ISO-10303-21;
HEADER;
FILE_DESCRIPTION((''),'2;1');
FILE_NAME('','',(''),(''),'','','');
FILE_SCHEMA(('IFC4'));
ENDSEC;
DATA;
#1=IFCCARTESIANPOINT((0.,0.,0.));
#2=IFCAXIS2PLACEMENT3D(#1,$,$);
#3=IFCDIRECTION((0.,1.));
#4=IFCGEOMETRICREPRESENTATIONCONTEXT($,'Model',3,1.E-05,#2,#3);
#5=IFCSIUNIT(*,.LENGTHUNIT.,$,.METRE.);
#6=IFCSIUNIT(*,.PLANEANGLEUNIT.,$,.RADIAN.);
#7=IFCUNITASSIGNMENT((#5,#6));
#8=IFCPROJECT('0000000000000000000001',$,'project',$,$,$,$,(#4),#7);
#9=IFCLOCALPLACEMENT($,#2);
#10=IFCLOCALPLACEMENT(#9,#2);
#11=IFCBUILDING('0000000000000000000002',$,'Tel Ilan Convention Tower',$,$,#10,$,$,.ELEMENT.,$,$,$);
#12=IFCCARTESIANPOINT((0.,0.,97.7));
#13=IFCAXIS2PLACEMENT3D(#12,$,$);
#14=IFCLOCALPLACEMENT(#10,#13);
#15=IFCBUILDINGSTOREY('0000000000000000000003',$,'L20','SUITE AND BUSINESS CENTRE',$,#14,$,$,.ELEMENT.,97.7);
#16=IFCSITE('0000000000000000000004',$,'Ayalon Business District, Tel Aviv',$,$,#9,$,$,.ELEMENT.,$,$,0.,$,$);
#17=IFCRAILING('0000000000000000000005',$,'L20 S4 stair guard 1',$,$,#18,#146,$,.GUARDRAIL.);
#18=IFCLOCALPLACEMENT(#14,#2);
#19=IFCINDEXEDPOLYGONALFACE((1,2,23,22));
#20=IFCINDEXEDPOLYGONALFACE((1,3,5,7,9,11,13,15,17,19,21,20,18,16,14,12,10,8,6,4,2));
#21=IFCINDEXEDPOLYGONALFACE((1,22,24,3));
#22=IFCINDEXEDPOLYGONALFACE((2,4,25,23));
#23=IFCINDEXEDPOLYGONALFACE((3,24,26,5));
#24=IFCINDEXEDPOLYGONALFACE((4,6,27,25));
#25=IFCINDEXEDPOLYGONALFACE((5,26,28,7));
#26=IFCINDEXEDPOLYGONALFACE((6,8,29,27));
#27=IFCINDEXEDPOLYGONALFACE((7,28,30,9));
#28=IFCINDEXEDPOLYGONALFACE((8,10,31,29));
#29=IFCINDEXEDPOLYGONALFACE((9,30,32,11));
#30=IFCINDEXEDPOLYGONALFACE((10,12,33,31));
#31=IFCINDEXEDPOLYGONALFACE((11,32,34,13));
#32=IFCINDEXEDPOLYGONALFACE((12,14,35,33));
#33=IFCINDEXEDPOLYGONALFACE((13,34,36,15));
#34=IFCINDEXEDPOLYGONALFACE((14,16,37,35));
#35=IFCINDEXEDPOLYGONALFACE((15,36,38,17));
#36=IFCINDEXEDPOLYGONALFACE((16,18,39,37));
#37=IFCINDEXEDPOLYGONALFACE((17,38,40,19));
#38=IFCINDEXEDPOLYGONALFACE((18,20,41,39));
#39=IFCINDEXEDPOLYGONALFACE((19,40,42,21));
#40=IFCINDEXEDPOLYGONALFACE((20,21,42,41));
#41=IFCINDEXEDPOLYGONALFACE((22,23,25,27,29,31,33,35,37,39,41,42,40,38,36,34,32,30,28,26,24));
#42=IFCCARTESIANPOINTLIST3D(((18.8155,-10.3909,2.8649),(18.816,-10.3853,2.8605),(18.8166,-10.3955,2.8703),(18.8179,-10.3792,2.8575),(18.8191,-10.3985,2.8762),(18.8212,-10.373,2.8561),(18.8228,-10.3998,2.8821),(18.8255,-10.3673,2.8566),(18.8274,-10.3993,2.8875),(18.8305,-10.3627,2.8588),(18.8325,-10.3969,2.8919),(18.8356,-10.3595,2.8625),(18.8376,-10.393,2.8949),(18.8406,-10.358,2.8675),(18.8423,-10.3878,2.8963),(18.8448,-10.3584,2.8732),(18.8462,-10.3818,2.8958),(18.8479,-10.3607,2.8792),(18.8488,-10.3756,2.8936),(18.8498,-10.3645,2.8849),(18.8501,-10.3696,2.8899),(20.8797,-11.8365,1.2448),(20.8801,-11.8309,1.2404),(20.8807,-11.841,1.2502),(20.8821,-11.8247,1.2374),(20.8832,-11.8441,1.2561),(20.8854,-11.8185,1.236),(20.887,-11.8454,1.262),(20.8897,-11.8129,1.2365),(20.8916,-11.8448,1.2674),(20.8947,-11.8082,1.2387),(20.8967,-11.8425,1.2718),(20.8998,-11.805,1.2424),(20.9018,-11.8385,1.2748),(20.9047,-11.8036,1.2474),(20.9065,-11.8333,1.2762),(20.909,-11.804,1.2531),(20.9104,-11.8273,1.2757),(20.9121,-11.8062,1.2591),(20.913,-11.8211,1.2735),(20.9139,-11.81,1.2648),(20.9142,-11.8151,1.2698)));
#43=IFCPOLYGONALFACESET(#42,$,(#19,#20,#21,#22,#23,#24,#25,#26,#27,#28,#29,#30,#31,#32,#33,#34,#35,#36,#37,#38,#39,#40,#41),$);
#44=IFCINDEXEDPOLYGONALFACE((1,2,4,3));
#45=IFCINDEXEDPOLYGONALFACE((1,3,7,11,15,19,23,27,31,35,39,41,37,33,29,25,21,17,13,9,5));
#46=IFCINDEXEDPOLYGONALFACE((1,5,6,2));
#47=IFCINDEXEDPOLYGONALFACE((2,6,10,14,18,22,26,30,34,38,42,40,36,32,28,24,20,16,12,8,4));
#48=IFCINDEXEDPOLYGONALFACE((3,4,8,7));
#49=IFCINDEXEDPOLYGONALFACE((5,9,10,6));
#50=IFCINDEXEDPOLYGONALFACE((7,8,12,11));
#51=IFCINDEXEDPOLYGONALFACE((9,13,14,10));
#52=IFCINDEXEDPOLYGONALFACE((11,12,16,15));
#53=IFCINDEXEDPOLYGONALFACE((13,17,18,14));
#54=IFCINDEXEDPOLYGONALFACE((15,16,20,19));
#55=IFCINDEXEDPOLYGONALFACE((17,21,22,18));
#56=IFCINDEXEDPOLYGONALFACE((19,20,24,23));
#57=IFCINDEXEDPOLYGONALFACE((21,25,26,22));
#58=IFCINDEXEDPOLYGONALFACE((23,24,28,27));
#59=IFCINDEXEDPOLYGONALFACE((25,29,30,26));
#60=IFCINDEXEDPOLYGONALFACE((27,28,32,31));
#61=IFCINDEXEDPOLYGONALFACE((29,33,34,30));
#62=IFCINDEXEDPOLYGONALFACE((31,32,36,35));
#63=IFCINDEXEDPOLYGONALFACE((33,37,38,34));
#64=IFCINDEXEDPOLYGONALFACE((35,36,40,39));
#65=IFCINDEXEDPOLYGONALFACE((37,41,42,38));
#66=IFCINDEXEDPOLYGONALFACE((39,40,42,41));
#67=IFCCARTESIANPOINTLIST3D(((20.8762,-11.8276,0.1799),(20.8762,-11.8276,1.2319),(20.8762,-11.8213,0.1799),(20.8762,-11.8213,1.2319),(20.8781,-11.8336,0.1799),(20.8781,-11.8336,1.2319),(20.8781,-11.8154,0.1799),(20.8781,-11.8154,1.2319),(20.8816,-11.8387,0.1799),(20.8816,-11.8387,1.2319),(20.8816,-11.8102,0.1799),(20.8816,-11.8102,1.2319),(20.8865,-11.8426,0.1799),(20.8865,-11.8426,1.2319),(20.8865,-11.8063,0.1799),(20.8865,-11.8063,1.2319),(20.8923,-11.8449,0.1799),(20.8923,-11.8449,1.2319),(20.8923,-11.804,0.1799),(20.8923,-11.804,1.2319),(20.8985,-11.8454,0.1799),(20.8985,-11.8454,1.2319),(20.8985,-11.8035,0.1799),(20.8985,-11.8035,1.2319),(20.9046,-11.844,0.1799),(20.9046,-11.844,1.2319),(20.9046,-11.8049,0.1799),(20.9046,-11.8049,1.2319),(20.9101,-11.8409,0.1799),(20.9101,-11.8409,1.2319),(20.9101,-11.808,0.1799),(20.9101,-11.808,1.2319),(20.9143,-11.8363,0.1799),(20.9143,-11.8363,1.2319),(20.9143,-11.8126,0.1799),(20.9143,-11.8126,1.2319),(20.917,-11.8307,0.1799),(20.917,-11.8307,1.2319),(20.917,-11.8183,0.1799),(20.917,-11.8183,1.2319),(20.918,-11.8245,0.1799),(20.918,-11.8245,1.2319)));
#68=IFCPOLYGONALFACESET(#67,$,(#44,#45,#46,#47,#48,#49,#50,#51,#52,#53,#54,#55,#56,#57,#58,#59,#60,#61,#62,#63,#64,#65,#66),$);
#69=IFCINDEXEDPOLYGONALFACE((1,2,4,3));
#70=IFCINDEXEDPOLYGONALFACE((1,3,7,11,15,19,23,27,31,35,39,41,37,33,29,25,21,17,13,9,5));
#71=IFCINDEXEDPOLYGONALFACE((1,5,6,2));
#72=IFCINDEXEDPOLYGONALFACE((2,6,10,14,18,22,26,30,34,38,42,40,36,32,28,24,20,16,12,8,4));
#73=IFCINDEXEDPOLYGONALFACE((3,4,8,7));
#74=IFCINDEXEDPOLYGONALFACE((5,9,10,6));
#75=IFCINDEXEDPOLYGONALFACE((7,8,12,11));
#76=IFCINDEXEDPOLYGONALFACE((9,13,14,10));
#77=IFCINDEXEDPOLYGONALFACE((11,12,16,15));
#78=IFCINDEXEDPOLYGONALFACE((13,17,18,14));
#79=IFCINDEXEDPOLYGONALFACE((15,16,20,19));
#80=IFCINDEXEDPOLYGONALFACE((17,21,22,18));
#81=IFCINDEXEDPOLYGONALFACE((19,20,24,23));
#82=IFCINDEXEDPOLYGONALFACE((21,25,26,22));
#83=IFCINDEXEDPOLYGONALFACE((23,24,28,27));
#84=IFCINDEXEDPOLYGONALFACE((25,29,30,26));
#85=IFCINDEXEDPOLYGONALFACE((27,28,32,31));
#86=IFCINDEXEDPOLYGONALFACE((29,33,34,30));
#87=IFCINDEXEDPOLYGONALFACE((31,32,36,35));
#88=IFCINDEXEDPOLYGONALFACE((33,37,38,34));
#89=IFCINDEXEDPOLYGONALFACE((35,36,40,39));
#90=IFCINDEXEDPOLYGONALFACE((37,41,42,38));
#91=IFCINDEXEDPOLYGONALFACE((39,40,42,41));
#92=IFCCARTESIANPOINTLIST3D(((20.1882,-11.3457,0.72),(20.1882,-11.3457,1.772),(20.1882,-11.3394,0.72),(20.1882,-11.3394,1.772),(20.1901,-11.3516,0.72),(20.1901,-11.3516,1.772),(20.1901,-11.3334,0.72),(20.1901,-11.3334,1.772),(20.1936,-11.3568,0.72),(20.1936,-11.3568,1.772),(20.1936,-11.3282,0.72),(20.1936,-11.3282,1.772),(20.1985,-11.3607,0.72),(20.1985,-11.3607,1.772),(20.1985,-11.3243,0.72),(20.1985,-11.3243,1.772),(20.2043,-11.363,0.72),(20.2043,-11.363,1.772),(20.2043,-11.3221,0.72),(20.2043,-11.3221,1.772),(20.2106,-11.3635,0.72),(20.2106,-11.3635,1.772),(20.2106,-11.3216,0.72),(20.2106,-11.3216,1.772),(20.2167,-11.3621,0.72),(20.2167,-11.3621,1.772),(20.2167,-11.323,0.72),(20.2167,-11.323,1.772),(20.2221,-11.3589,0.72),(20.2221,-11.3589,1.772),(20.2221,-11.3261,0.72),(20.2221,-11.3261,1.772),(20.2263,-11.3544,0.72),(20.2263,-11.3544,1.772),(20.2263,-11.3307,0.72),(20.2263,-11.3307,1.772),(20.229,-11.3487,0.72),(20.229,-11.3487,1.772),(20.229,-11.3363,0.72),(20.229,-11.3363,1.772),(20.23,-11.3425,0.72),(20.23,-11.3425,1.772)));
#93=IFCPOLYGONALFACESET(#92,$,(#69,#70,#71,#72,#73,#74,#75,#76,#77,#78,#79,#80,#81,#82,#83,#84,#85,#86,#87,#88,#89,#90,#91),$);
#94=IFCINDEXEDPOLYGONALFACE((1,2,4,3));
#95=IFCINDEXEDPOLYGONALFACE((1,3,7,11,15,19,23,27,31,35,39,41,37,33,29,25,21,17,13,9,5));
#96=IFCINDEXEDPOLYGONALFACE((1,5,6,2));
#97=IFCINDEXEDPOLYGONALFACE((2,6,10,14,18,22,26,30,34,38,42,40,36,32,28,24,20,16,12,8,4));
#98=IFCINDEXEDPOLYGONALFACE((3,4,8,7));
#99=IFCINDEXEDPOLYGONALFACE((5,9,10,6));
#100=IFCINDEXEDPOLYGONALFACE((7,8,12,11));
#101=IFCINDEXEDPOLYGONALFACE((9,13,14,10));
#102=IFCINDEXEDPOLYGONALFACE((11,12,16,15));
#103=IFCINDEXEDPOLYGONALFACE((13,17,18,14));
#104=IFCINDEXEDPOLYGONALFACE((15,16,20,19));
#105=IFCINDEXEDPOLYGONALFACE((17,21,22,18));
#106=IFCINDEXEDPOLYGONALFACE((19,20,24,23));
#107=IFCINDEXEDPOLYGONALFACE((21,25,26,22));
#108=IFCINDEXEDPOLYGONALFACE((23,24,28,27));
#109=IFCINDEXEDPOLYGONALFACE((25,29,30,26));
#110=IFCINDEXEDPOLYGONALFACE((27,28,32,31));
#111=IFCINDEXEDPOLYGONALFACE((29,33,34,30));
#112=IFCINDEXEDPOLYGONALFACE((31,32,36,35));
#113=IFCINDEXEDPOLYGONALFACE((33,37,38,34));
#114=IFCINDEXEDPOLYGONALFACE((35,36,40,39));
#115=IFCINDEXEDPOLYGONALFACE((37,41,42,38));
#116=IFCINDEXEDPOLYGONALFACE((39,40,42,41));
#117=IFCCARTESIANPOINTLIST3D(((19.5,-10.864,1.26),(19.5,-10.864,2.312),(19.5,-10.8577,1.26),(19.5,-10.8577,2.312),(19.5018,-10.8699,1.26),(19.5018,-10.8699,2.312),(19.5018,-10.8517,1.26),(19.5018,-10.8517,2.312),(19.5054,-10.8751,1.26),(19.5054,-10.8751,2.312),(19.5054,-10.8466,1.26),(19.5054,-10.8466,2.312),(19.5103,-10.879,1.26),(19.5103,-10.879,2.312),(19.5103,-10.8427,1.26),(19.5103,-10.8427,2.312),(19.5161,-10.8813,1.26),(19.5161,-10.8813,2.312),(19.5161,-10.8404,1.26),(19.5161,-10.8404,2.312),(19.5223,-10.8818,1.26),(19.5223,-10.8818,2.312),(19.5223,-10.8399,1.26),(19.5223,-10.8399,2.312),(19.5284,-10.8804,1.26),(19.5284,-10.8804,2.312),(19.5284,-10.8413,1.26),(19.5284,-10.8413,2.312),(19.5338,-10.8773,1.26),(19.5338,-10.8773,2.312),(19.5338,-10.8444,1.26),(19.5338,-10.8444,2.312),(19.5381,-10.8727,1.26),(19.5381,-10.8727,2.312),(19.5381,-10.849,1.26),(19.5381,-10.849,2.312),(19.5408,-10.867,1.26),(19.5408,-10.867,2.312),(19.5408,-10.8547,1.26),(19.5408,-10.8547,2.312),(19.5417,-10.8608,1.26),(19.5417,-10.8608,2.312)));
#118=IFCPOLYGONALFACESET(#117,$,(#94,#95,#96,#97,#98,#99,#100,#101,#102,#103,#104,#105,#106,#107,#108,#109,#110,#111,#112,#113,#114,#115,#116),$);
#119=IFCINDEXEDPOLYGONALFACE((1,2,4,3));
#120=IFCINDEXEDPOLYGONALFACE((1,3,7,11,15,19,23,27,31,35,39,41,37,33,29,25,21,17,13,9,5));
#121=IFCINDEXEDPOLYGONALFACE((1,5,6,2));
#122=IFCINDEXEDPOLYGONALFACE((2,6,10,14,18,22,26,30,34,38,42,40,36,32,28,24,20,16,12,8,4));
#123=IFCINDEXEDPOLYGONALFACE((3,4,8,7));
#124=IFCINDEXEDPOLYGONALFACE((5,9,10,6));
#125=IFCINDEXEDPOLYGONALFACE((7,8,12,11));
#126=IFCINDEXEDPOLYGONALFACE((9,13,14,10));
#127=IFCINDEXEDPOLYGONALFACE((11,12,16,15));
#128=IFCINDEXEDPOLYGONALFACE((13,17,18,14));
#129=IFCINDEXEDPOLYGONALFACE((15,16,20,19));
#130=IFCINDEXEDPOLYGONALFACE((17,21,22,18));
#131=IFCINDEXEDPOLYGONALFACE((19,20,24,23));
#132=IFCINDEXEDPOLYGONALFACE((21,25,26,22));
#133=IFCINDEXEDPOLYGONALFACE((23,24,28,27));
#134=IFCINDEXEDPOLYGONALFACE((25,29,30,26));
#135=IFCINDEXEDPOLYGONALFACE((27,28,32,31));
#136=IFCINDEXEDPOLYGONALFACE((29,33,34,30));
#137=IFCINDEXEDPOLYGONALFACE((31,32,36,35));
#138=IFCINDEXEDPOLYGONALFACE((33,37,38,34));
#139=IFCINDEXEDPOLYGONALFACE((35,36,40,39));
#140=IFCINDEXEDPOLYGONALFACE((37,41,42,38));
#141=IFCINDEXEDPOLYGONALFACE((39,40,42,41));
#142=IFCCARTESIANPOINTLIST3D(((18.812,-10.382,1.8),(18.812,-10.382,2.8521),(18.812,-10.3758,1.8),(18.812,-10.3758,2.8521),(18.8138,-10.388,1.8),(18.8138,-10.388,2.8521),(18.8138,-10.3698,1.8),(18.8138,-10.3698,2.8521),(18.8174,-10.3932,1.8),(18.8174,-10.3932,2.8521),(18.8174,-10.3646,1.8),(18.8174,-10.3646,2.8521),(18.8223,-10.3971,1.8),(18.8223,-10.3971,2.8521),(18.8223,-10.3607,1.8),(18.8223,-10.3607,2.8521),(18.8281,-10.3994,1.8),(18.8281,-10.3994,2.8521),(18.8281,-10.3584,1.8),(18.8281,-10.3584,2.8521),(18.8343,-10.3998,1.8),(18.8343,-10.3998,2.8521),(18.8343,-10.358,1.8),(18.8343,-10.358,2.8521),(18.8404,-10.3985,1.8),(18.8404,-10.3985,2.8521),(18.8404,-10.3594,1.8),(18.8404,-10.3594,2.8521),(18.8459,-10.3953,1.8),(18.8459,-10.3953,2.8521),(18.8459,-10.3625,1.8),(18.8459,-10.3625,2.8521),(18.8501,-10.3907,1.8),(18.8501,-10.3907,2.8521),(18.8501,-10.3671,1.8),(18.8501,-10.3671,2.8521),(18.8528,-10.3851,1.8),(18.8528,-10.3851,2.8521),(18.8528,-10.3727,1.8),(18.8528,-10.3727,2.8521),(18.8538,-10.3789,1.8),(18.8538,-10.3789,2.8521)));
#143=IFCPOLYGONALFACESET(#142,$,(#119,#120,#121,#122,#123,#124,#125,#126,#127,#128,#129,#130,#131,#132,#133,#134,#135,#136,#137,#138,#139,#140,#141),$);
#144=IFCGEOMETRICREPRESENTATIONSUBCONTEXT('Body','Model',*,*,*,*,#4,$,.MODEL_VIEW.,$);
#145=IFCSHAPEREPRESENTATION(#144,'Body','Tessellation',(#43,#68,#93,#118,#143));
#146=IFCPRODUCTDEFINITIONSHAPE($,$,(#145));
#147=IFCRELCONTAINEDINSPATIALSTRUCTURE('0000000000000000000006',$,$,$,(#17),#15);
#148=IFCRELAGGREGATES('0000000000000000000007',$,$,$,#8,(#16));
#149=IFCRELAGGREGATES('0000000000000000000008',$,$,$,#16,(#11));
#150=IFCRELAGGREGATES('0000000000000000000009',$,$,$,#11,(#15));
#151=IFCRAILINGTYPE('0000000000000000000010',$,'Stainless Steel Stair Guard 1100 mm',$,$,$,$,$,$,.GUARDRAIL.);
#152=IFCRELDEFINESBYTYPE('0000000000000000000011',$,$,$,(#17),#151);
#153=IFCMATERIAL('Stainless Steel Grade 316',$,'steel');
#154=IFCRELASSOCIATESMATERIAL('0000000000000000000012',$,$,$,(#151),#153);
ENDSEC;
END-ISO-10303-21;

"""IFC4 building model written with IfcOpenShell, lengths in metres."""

from ifc_helpers import new_model, si_unit, direction, frame, origin, origin_2d, place, context, subcontext, project, spatial, circle, extrude, material, type_object, element, save


model = new_model("IFC4")

# Units and contexts
model_context = context("Model", 3, precision=1e-05, world=origin(), true_north=direction((0.0, 1.0)))
body_context = subcontext(model_context, "Body", "Model", "MODEL_VIEW")
ifc_project = project(units=[si_unit("LENGTHUNIT", "METRE"), si_unit("PLANEANGLEUNIT", "RADIAN")], contexts=[model_context])

# Site, building, storey
site_placement = place(None, origin())
site = spatial("IfcSite", under=ifc_project, at=site_placement, Name="Ayalon Business District, Tel Aviv", CompositionType="ELEMENT", RefElevation=0.0)
building_placement = place(site_placement, origin())
building = spatial("IfcBuilding", under=site, at=building_placement, Name="Tel Ilan Convention Tower", CompositionType="ELEMENT")
storey_placement = place(building_placement, frame((0.0, 0.0, 97.7)))
storey = spatial("IfcBuildingStorey", under=building, at=storey_placement, Name="L20", Description="SUITE AND BUSINESS CENTRE", CompositionType="ELEMENT", Elevation=97.7)

# Railing
ifc_material_1 = material(Name="Stainless Steel Grade 316", Category="steel")
railing_type_1 = type_object("IfcRailingType", Name="Stainless Steel Stair Guard 1100 mm", PredefinedType="GUARDRAIL", material=ifc_material_1)
railing_1_placement = place(storey_placement, frame((20.897, -11.8245, 0.1799)))
element("IfcRailing", 1, at=railing_1_placement, inside=storey, type_object=railing_type_1, Name="L20 S4 stair guard 1", PredefinedType="GUARDRAIL", context=body_context, shape_type="SweptSolid", body=[
    extrude(circle(Radius=0.0239, at=origin_2d()), frame((0.0, 0.0, 1.0762), z_axis=(-0.689013, 0.482513, 0.540779), x_axis=(-0.573625, -0.819118, 0.0)), (0.0, 0.0, 1.0), 2.9958),
    extrude(circle(Radius=0.021, at=origin_2d()), origin(), (0.0, 0.0, 1.0), 1.052),
    extrude(circle(Radius=0.021, at=origin_2d()), frame((-0.688, 0.4819, 0.54)), (0.0, 0.0, 1.0), 1.052),
    extrude(circle(Radius=0.021, at=origin_2d()), frame((-1.3762, 0.9636, 1.0801)), (0.0, 0.0, 1.0), 1.052),
    extrude(circle(Radius=0.021, at=origin_2d()), frame((-2.0642, 1.4456, 1.6201)), (0.0, 0.0, 1.0), 1.052),
])

save(model, "model.ifc")
